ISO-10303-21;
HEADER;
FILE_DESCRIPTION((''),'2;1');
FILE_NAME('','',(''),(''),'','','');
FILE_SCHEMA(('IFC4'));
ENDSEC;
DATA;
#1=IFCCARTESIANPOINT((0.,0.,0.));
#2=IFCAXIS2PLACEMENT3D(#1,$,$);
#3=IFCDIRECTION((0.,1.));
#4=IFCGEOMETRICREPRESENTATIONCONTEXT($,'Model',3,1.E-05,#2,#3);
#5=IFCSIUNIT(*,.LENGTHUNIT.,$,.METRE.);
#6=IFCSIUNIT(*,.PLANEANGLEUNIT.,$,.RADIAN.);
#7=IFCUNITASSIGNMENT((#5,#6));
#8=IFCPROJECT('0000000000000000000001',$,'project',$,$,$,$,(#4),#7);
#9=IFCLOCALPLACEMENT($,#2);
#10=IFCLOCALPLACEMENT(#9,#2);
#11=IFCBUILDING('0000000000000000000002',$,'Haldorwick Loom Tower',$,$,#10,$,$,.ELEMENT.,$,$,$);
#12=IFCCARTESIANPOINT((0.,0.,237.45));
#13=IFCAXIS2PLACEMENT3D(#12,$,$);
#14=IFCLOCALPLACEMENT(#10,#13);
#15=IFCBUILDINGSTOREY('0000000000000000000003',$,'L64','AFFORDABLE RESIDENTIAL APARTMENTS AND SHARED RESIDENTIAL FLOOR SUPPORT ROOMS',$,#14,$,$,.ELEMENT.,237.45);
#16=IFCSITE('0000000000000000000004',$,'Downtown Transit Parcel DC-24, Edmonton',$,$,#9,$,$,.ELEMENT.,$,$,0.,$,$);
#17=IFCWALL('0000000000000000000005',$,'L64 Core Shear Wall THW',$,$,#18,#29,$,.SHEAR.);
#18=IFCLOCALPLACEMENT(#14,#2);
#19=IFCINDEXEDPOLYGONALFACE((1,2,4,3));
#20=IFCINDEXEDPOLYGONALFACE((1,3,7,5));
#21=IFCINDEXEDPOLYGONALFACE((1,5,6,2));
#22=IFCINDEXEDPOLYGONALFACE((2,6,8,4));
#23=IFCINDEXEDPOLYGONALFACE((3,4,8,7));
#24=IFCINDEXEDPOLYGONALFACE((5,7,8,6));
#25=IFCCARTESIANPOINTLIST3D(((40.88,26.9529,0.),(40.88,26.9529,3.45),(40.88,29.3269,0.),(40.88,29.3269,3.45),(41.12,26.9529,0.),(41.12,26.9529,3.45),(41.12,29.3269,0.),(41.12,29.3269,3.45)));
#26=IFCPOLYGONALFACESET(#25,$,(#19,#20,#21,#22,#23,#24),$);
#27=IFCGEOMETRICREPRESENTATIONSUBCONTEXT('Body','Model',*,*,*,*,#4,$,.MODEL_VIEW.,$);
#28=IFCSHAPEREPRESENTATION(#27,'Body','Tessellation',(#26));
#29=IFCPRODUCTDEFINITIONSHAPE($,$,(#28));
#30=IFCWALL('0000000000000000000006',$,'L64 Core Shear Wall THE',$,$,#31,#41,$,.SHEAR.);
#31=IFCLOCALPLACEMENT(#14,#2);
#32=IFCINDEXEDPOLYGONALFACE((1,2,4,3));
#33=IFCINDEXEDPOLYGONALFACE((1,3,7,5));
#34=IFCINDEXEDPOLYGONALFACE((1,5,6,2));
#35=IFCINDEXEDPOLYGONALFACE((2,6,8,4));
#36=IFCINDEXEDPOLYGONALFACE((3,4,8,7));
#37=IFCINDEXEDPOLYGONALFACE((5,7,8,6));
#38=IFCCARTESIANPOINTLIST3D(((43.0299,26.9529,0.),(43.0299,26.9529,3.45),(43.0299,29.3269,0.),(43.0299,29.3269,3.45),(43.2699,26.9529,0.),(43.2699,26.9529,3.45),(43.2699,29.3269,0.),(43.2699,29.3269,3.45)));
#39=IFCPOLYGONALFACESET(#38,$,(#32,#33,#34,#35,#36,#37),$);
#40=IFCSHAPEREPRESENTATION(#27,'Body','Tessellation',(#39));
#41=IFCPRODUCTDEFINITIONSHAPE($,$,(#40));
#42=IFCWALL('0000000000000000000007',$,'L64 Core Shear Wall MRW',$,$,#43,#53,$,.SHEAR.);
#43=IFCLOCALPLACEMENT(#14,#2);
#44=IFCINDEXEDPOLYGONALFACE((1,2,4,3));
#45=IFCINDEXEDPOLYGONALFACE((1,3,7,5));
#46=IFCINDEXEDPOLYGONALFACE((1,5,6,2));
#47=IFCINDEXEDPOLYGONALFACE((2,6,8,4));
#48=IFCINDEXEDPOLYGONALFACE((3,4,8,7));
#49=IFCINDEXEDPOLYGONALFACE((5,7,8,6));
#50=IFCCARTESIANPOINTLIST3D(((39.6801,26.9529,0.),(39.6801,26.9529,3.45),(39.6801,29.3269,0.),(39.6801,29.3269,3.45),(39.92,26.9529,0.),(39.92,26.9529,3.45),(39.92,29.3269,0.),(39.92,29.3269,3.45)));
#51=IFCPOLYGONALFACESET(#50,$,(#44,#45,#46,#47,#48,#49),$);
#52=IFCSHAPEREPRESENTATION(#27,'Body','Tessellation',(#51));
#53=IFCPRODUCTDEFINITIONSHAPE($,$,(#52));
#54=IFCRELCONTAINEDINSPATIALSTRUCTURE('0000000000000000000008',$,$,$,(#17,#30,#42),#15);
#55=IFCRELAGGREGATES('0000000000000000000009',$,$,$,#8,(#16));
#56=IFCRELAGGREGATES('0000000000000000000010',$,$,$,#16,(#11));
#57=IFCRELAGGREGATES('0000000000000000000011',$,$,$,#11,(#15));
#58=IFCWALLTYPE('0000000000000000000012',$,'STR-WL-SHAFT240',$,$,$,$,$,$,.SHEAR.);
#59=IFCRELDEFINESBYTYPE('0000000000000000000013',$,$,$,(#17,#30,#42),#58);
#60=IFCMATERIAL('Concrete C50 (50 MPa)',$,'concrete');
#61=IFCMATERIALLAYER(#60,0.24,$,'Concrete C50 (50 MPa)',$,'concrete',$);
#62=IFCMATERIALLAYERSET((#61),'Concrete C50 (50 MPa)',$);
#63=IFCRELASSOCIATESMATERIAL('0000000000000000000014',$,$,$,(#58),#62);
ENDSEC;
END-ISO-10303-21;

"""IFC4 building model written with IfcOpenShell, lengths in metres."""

from ifc_helpers import new_model, si_unit, direction, frame, frame_2d, origin, place, context, subcontext, project, spatial, rectangle, extrude, material, layer, layer_set, type_object, element, save


model = new_model("IFC4")

# Units and contexts
model_context = context("Model", 3, precision=1e-05, world=origin(), true_north=direction((0.0, 1.0)))
body_context = subcontext(model_context, "Body", "Model", "MODEL_VIEW")
ifc_project = project(units=[si_unit("LENGTHUNIT", "METRE"), si_unit("PLANEANGLEUNIT", "RADIAN")], contexts=[model_context])

# Site, building, storey
site_placement = place(None, origin())
site = spatial("IfcSite", under=ifc_project, at=site_placement, Name="Downtown Transit Parcel DC-24, Edmonton", CompositionType="ELEMENT", RefElevation=0.0)
building_placement = place(site_placement, origin())
building = spatial("IfcBuilding", under=site, at=building_placement, Name="Haldorwick Loom Tower", CompositionType="ELEMENT")
storey_placement = place(building_placement, frame((0.0, 0.0, 237.45)))
storey = spatial("IfcBuildingStorey", under=building, at=storey_placement, Name="L64", Description="AFFORDABLE RESIDENTIAL APARTMENTS AND SHARED RESIDENTIAL FLOOR SUPPORT ROOMS", CompositionType="ELEMENT", Elevation=237.45)

# Shared definitions
ifc_material_1 = material(Name="Concrete C50 (50 MPa)", Category="concrete")

# Walls
ifc_layer_1 = layer(ifc_material_1, 0.24, Name="Concrete C50 (50 MPa)", Category="concrete")
ifc_layer_set_1 = layer_set([ifc_layer_1], Name="Concrete C50 (50 MPa)")
wall_type_1 = type_object("IfcWallType", Name="STR-WL-SHAFT240", PredefinedType="SHEAR", material=ifc_layer_set_1)
for number, where, z_axis, x_axis, name in (
    (1, (41.0, 26.9529, 0.0), (0.0, 0.0, 1.0), (0.0, 1.0, 0.0), "L64 Core Shear Wall THW"),
    (2, (43.1499, 26.9529, 0.0), (0.0, 0.0, 1.0), (0.0, 1.0, 0.0), "L64 Core Shear Wall THE"),
    (3, (39.8, 26.9529, 0.0), (0.0, 0.0, 1.0), (0.0, 1.0, 0.0), "L64 Core Shear Wall MRW"),
):
    element("IfcWall", number, at=place(storey_placement, frame(where, z_axis=z_axis, x_axis=x_axis)), inside=storey, type_object=wall_type_1, Name=name, PredefinedType="SHEAR", context=body_context, shape_type="SweptSolid", body=[
        extrude(rectangle(XDim=2.374, YDim=0.24, at=frame_2d((1.187, 0.0))), origin(), (0.0, 0.0, 1.0), 3.45),
    ])

save(model, "model.ifc")
